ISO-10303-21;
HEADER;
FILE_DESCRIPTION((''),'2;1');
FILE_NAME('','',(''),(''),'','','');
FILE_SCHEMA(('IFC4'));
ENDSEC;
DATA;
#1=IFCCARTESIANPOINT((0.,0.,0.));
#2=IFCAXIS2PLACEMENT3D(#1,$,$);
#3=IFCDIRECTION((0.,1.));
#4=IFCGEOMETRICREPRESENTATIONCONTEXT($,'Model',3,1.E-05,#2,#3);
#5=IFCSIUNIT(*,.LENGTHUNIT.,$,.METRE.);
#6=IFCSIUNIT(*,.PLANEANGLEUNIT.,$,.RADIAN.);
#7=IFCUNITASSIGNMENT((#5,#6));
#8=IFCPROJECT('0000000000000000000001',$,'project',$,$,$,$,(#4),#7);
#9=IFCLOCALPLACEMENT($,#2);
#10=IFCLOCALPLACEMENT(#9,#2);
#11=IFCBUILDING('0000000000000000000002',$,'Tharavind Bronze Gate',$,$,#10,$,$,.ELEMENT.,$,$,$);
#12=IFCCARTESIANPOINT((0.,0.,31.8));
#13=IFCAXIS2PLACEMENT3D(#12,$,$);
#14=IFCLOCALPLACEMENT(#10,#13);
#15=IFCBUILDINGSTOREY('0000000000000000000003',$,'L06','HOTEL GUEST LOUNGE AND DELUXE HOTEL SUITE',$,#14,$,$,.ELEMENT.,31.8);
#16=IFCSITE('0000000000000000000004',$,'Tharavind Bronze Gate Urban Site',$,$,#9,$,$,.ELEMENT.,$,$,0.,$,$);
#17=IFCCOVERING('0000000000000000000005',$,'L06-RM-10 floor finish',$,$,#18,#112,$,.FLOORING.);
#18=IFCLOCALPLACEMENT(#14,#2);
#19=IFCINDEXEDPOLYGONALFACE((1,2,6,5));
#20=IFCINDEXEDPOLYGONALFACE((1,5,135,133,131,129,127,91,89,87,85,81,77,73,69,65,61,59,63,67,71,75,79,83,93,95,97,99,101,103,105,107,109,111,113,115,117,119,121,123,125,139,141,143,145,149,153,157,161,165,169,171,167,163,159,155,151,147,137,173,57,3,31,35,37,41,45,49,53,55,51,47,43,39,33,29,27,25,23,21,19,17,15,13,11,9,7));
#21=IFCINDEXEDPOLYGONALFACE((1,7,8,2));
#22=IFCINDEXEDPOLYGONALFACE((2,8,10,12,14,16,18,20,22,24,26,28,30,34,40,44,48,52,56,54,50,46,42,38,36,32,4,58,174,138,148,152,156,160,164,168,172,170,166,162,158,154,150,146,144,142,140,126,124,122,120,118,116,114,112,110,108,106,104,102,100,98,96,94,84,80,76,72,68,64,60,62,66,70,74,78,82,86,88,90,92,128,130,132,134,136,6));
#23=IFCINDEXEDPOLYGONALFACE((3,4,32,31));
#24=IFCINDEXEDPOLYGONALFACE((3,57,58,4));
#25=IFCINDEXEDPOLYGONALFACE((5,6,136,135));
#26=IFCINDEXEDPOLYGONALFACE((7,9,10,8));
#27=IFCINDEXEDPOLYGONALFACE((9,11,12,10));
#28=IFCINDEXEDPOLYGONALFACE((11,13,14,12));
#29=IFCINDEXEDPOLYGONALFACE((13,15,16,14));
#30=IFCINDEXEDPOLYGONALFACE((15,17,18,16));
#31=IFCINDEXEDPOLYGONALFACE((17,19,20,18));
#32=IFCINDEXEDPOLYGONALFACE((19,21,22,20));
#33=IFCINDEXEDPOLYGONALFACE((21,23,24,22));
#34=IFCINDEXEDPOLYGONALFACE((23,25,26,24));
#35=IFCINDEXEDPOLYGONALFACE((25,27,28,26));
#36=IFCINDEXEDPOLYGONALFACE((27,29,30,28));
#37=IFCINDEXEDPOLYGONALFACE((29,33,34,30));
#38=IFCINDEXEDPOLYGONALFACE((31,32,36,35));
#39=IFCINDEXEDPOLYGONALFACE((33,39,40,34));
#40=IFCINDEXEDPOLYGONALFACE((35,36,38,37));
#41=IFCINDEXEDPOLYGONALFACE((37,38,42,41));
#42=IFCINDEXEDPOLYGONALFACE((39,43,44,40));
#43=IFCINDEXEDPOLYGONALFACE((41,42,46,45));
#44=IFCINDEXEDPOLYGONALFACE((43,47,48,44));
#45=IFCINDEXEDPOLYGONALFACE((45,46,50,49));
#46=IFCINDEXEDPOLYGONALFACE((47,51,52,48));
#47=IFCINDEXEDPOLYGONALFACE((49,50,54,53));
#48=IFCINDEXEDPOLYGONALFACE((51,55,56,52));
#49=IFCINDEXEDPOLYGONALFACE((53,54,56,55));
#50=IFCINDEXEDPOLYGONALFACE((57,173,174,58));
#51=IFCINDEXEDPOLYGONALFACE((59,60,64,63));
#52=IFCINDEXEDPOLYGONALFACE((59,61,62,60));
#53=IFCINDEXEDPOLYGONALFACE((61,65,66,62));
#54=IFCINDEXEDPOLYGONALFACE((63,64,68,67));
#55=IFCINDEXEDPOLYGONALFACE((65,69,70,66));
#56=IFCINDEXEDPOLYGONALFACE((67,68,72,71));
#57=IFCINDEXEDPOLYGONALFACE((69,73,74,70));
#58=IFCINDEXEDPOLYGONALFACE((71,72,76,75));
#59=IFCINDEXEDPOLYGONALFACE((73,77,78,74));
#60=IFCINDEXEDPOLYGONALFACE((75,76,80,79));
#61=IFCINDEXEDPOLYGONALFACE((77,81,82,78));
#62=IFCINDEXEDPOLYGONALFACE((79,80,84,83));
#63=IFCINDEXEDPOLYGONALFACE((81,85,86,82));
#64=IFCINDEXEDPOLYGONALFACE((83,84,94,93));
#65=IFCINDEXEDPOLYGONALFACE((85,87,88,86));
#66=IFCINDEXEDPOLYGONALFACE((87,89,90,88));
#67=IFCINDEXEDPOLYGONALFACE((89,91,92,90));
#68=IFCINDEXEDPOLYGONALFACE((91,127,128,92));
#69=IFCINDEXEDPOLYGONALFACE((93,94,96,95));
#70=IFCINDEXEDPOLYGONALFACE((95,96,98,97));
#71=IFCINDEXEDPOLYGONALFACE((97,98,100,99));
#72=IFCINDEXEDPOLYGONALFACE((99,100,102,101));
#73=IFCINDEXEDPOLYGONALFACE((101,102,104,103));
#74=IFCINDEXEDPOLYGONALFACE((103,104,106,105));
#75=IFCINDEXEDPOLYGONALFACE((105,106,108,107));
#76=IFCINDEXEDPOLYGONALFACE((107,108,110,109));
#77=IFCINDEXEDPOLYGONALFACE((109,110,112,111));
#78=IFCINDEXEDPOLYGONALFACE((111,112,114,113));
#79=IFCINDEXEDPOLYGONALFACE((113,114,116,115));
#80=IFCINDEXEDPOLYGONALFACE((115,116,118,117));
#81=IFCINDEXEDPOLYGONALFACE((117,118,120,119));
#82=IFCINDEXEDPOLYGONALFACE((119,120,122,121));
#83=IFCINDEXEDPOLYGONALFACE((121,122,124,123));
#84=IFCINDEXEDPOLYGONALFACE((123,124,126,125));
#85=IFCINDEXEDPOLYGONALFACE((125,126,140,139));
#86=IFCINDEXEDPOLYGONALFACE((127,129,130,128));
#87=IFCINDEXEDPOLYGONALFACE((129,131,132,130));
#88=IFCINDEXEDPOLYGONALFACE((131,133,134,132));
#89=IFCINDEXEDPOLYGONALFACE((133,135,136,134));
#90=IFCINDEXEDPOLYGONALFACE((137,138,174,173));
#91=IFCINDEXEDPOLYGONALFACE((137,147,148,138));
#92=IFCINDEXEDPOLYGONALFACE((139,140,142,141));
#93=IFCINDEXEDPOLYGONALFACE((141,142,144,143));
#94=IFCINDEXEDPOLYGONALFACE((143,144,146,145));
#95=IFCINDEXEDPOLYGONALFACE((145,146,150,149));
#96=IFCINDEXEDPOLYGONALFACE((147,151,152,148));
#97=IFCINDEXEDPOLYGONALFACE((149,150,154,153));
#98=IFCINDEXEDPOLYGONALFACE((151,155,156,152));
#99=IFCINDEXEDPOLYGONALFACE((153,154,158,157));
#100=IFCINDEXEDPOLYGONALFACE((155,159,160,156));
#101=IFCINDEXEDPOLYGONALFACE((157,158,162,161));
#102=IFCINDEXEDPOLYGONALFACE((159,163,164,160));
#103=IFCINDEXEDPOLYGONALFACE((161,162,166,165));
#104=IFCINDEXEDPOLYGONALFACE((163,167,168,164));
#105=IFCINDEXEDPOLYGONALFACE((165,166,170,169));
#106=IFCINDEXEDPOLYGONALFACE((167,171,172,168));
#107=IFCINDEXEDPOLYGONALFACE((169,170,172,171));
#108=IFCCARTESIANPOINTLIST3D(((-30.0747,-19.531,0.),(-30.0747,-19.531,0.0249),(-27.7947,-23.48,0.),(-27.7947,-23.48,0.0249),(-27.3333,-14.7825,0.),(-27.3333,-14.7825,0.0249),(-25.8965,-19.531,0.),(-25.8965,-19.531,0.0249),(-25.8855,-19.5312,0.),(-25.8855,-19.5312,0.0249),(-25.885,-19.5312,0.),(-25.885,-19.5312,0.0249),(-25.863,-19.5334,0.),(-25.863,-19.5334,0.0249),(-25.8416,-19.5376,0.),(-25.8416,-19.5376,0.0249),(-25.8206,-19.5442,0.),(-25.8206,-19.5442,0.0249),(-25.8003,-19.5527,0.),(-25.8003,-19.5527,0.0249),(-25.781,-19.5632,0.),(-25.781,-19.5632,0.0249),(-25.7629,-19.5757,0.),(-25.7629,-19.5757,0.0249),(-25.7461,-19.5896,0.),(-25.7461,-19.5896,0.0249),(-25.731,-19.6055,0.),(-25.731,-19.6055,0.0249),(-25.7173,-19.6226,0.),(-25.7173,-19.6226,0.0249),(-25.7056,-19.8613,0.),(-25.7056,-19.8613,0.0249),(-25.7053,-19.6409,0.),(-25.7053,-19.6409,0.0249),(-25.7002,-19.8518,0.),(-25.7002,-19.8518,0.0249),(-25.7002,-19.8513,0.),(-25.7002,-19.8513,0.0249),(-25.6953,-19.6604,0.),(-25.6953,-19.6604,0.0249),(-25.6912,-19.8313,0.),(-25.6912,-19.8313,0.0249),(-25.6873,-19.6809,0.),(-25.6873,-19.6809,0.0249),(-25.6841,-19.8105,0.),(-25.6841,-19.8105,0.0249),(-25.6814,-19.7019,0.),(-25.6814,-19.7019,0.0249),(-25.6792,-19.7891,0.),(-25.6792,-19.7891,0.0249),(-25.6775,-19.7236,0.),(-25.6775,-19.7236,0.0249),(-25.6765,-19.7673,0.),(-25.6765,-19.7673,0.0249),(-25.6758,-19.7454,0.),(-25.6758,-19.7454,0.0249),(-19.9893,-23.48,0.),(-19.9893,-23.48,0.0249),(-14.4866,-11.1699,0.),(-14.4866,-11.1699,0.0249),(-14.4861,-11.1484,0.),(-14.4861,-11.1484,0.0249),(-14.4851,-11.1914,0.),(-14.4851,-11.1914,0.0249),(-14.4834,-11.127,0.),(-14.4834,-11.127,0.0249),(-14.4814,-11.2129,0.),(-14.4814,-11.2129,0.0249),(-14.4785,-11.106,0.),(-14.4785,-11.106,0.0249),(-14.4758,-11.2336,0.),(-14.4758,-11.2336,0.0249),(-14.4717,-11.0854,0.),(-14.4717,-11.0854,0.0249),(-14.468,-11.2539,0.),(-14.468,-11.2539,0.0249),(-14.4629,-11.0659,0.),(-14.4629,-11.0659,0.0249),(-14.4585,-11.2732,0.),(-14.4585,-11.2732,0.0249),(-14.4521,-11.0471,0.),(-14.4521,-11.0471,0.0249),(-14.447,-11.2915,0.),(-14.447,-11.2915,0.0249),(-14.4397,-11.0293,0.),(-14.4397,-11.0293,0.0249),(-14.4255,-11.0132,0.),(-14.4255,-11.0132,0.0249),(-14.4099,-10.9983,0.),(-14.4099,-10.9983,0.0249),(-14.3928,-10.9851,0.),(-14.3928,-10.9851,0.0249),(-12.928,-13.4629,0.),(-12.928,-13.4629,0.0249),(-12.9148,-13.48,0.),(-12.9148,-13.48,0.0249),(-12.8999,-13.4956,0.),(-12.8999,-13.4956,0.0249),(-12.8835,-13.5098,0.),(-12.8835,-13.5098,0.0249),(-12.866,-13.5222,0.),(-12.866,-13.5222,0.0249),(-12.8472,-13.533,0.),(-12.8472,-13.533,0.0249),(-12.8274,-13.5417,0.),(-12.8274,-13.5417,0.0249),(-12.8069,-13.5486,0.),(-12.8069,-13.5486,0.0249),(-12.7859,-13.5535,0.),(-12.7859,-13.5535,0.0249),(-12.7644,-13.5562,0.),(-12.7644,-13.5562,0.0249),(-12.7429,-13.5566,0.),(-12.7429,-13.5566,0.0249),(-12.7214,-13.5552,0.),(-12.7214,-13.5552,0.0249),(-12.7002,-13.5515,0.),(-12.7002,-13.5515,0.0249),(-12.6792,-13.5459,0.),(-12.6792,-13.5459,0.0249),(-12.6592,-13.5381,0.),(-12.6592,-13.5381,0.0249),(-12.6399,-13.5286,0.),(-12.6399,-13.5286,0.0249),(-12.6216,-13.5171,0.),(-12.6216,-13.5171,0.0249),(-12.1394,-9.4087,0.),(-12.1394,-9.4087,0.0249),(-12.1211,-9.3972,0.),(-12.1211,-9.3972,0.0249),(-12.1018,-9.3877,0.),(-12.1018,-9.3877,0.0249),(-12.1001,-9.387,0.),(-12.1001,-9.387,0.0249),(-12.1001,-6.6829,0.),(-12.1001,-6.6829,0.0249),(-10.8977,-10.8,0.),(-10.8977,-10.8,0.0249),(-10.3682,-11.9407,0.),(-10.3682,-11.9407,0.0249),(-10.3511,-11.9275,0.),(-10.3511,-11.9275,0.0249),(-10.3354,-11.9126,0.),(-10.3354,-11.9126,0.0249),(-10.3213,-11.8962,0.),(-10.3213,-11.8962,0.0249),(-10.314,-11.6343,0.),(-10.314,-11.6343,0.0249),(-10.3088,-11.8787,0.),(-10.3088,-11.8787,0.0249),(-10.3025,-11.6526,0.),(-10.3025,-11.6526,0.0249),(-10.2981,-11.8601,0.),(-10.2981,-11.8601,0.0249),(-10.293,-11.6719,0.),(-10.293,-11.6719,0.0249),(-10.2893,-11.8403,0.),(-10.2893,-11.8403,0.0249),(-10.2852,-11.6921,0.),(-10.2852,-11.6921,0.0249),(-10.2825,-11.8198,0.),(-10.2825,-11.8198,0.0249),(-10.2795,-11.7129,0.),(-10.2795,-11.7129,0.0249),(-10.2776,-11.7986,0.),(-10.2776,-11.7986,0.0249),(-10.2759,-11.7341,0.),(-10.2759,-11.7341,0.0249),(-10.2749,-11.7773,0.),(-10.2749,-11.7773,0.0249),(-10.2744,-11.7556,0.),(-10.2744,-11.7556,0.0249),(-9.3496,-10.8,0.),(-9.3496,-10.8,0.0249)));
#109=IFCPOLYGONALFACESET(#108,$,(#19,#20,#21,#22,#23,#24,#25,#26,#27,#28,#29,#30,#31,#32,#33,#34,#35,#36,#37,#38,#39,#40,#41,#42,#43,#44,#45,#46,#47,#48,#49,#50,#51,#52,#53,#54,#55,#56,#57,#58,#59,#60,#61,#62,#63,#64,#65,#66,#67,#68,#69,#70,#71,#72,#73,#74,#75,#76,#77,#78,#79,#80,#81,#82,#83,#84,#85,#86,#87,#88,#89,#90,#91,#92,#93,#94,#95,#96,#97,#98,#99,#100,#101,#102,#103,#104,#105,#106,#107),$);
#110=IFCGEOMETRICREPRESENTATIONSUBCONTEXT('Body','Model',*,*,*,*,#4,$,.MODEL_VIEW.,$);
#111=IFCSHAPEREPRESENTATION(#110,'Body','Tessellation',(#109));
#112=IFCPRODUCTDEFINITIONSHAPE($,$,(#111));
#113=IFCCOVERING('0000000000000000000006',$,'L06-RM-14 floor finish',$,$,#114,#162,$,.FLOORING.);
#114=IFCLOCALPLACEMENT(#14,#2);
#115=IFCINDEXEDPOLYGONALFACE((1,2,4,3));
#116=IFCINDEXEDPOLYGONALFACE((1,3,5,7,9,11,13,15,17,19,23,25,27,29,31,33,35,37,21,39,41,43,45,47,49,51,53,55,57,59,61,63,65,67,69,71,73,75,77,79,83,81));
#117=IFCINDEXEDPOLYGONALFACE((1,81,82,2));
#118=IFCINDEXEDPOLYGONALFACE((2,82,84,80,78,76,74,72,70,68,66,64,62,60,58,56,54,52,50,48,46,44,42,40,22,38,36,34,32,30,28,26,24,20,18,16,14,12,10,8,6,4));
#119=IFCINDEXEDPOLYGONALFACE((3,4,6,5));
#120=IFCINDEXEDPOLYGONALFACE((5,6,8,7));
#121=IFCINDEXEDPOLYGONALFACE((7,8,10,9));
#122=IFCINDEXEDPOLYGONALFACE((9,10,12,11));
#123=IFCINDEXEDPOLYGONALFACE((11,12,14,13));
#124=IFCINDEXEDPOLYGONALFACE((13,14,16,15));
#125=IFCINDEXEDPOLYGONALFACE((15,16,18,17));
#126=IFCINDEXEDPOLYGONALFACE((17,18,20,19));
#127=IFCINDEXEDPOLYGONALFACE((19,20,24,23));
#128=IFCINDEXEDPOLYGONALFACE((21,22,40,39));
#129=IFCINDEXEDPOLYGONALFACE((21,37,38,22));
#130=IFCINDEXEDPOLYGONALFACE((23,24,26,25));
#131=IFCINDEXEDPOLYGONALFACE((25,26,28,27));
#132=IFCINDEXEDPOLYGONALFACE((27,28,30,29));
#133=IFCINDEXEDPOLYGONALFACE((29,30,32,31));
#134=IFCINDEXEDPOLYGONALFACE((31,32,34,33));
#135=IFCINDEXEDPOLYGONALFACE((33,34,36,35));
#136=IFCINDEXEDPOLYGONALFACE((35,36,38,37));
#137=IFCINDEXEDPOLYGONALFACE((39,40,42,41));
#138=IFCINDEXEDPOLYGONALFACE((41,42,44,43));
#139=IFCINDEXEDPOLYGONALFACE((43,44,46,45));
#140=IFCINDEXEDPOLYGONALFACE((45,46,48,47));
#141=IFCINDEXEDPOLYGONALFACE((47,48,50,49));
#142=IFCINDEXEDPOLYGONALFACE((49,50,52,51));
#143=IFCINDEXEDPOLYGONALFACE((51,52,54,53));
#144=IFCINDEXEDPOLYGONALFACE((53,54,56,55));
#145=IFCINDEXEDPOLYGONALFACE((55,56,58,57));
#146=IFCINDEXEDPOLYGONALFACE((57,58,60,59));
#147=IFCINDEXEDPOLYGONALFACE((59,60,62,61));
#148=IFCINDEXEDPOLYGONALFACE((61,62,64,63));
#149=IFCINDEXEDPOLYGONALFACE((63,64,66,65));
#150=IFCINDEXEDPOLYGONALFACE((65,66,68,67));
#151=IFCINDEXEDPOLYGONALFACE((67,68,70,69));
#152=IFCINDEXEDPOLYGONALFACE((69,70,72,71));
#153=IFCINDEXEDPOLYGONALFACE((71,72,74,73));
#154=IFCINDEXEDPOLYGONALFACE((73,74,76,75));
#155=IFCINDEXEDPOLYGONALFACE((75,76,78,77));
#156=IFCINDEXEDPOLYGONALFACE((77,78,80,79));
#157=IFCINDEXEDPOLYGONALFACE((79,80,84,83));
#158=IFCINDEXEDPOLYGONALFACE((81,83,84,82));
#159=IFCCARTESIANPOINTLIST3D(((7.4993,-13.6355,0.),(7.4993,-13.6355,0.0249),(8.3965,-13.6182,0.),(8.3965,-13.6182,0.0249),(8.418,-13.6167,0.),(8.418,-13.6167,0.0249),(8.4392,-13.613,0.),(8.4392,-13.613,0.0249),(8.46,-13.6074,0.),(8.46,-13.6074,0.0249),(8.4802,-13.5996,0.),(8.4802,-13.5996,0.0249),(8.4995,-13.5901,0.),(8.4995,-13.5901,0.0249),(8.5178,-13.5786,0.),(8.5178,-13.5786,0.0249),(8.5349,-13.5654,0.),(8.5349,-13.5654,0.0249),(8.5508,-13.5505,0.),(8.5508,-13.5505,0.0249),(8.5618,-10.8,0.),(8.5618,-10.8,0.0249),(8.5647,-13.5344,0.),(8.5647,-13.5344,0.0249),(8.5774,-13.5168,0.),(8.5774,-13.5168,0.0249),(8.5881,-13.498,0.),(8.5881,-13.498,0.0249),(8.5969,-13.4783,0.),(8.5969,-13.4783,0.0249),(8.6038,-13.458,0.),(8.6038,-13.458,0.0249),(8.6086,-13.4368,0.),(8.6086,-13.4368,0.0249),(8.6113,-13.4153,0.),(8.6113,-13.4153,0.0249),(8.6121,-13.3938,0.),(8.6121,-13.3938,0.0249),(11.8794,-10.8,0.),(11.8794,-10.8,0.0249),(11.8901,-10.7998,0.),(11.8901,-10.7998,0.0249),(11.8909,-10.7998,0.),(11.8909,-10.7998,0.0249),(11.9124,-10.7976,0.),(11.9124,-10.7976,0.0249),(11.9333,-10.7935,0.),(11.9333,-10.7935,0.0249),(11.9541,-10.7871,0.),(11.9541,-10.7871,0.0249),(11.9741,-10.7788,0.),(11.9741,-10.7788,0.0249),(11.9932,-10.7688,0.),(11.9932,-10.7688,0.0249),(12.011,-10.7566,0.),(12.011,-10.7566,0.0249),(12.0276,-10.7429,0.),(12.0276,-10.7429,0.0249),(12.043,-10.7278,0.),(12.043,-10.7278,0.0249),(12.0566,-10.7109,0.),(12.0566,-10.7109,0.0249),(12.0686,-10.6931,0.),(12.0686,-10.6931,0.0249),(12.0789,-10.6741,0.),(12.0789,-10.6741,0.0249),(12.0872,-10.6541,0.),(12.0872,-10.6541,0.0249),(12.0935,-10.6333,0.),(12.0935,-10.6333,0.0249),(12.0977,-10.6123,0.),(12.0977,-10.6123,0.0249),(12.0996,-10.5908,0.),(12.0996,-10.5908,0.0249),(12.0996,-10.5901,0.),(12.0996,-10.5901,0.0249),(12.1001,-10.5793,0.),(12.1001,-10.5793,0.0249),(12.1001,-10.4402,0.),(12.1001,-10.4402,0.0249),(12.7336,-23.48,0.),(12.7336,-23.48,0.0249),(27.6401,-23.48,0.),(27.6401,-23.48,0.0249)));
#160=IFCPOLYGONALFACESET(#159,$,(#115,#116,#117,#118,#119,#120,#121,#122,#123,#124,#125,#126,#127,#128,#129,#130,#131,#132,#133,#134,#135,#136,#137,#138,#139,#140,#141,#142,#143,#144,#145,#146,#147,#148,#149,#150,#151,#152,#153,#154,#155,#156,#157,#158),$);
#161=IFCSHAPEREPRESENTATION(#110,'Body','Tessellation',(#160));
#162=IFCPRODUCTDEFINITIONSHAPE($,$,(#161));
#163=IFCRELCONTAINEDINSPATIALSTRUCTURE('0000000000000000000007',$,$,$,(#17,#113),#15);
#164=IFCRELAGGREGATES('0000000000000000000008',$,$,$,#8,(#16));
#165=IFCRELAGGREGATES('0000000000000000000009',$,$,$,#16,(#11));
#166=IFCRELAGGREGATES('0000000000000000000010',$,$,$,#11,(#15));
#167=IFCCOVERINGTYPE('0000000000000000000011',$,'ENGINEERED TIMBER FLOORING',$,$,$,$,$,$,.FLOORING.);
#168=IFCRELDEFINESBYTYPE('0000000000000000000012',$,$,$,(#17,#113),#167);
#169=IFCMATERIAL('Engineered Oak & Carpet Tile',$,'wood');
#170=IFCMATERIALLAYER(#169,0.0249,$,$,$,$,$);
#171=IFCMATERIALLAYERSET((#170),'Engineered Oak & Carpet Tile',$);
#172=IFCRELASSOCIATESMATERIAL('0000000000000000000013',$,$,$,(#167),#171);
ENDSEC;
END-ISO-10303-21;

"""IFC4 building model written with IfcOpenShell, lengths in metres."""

from ifc_helpers import new_model, si_unit, direction, frame, origin, place, context, subcontext, project, spatial, polyline, outline, extrude, material, layer, layer_set, type_object, element, save


model = new_model("IFC4")

# Units and contexts
model_context = context("Model", 3, precision=1e-05, world=origin(), true_north=direction((0.0, 1.0)))
body_context = subcontext(model_context, "Body", "Model", "MODEL_VIEW")
ifc_project = project(units=[si_unit("LENGTHUNIT", "METRE"), si_unit("PLANEANGLEUNIT", "RADIAN")], contexts=[model_context])

# Site, building, storey
site_placement = place(None, origin())
site = spatial("IfcSite", under=ifc_project, at=site_placement, Name="Tharavind Bronze Gate Urban Site", CompositionType="ELEMENT", RefElevation=0.0)
building_placement = place(site_placement, origin())
building = spatial("IfcBuilding", under=site, at=building_placement, Name="Tharavind Bronze Gate", CompositionType="ELEMENT")
storey_placement = place(building_placement, frame((0.0, 0.0, 31.8)))
storey = spatial("IfcBuildingStorey", under=building, at=storey_placement, Name="L06", Description="HOTEL GUEST LOUNGE AND DELUXE HOTEL SUITE", CompositionType="ELEMENT", Elevation=31.8)

# Coverings
ifc_material_1 = material(Name="Engineered Oak & Carpet Tile", Category="wood")
ifc_layer_1 = layer(ifc_material_1, 0.0249)
ifc_layer_set_1 = layer_set([ifc_layer_1], Name="Engineered Oak & Carpet Tile")
covering_type_1 = type_object("IfcCoveringType", Name="ENGINEERED TIMBER FLOORING", PredefinedType="FLOORING", material=ifc_layer_set_1)
covering_1_placement = place(storey_placement, origin())
element("IfcCovering", 1, at=covering_1_placement, inside=storey, type_object=covering_type_1, Name="L06-RM-10 floor finish", PredefinedType="FLOORING", context=body_context, shape_type="SweptSolid", body=[
    extrude(outline(polyline([(-25.8965, -19.531), (-25.8855, -19.5312), (-25.885, -19.5312), (-25.863, -19.5334), (-25.8416, -19.5376), (-25.8206, -19.5442), (-25.8003, -19.5527), (-25.781, -19.5632), (-25.7629, -19.5757), (-25.7461, -19.5896), (-25.731, -19.6055), (-25.7173, -19.6226), (-25.7053, -19.6409), (-25.6953, -19.6604), (-25.6873, -19.6809), (-25.6814, -19.7019), (-25.6775, -19.7236), (-25.6758, -19.7454), (-25.6765, -19.7673), (-25.6792, -19.7891), (-25.6841, -19.8105), (-25.6912, -19.8313), (-25.7002, -19.8513), (-25.7002, -19.8518), (-25.7056, -19.8613), (-27.7947, -23.48), (-19.9893, -23.48), (-9.3496, -10.8), (-10.8977, -10.8), (-10.314, -11.6343), (-10.3025, -11.6526), (-10.293, -11.6719), (-10.2852, -11.6921), (-10.2795, -11.7129), (-10.2759, -11.7341), (-10.2744, -11.7556), (-10.2749, -11.7773), (-10.2776, -11.7986), (-10.2825, -11.8198), (-10.2893, -11.8403), (-10.2981, -11.8601), (-10.3088, -11.8787), (-10.3213, -11.8962), (-10.3354, -11.9126), (-10.3511, -11.9275), (-10.3682, -11.9407), (-12.6216, -13.5171), (-12.6399, -13.5286), (-12.6592, -13.5381), (-12.6792, -13.5459), (-12.7002, -13.5515), (-12.7214, -13.5552), (-12.7429, -13.5566), (-12.7644, -13.5562), (-12.7859, -13.5535), (-12.8069, -13.5486), (-12.8274, -13.5417), (-12.8472, -13.533), (-12.866, -13.5222), (-12.8835, -13.5098), (-12.8999, -13.4956), (-12.9148, -13.48), (-12.928, -13.4629), (-14.447, -11.2915), (-14.4585, -11.2732), (-14.468, -11.2539), (-14.4758, -11.2336), (-14.4814, -11.2129), (-14.4851, -11.1914), (-14.4866, -11.1699), (-14.4861, -11.1484), (-14.4834, -11.127), (-14.4785, -11.106), (-14.4717, -11.0854), (-14.4629, -11.0659), (-14.4521, -11.0471), (-14.4397, -11.0293), (-14.4255, -11.0132), (-14.4099, -10.9983), (-14.3928, -10.9851), (-12.1394, -9.4087), (-12.1211, -9.3972), (-12.1018, -9.3877), (-12.1001, -9.387), (-12.1001, -6.6829), (-27.3333, -14.7825), (-30.0747, -19.531), (-25.8965, -19.531)])), origin(), (0.0, 0.0, 1.0), 0.0249),
])
covering_2_placement = place(storey_placement, origin())
element("IfcCovering", 2, at=covering_2_placement, inside=storey, type_object=covering_type_1, Name="L06-RM-14 floor finish", PredefinedType="FLOORING", context=body_context, shape_type="SweptSolid", body=[
    extrude(outline(polyline([(8.6121, -13.3938), (8.6113, -13.4153), (8.6086, -13.4368), (8.6038, -13.458), (8.5969, -13.4783), (8.5881, -13.498), (8.5774, -13.5168), (8.5647, -13.5344), (8.5508, -13.5505), (8.5349, -13.5654), (8.5178, -13.5786), (8.4995, -13.5901), (8.4802, -13.5996), (8.46, -13.6074), (8.4392, -13.613), (8.418, -13.6167), (8.3965, -13.6182), (7.4993, -13.6355), (12.7336, -23.48), (27.6401, -23.48), (12.1001, -10.4402), (12.1001, -10.5793), (12.0996, -10.5901), (12.0996, -10.5908), (12.0977, -10.6123), (12.0935, -10.6333), (12.0872, -10.6541), (12.0789, -10.6741), (12.0686, -10.6931), (12.0566, -10.7109), (12.043, -10.7278), (12.0276, -10.7429), (12.011, -10.7566), (11.9932, -10.7688), (11.9741, -10.7788), (11.9541, -10.7871), (11.9333, -10.7935), (11.9124, -10.7976), (11.8909, -10.7998), (11.8901, -10.7998), (11.8794, -10.8), (8.5618, -10.8), (8.6121, -13.3938)])), origin(), (0.0, 0.0, 1.0), 0.0249),
])

save(model, "model.ifc")
